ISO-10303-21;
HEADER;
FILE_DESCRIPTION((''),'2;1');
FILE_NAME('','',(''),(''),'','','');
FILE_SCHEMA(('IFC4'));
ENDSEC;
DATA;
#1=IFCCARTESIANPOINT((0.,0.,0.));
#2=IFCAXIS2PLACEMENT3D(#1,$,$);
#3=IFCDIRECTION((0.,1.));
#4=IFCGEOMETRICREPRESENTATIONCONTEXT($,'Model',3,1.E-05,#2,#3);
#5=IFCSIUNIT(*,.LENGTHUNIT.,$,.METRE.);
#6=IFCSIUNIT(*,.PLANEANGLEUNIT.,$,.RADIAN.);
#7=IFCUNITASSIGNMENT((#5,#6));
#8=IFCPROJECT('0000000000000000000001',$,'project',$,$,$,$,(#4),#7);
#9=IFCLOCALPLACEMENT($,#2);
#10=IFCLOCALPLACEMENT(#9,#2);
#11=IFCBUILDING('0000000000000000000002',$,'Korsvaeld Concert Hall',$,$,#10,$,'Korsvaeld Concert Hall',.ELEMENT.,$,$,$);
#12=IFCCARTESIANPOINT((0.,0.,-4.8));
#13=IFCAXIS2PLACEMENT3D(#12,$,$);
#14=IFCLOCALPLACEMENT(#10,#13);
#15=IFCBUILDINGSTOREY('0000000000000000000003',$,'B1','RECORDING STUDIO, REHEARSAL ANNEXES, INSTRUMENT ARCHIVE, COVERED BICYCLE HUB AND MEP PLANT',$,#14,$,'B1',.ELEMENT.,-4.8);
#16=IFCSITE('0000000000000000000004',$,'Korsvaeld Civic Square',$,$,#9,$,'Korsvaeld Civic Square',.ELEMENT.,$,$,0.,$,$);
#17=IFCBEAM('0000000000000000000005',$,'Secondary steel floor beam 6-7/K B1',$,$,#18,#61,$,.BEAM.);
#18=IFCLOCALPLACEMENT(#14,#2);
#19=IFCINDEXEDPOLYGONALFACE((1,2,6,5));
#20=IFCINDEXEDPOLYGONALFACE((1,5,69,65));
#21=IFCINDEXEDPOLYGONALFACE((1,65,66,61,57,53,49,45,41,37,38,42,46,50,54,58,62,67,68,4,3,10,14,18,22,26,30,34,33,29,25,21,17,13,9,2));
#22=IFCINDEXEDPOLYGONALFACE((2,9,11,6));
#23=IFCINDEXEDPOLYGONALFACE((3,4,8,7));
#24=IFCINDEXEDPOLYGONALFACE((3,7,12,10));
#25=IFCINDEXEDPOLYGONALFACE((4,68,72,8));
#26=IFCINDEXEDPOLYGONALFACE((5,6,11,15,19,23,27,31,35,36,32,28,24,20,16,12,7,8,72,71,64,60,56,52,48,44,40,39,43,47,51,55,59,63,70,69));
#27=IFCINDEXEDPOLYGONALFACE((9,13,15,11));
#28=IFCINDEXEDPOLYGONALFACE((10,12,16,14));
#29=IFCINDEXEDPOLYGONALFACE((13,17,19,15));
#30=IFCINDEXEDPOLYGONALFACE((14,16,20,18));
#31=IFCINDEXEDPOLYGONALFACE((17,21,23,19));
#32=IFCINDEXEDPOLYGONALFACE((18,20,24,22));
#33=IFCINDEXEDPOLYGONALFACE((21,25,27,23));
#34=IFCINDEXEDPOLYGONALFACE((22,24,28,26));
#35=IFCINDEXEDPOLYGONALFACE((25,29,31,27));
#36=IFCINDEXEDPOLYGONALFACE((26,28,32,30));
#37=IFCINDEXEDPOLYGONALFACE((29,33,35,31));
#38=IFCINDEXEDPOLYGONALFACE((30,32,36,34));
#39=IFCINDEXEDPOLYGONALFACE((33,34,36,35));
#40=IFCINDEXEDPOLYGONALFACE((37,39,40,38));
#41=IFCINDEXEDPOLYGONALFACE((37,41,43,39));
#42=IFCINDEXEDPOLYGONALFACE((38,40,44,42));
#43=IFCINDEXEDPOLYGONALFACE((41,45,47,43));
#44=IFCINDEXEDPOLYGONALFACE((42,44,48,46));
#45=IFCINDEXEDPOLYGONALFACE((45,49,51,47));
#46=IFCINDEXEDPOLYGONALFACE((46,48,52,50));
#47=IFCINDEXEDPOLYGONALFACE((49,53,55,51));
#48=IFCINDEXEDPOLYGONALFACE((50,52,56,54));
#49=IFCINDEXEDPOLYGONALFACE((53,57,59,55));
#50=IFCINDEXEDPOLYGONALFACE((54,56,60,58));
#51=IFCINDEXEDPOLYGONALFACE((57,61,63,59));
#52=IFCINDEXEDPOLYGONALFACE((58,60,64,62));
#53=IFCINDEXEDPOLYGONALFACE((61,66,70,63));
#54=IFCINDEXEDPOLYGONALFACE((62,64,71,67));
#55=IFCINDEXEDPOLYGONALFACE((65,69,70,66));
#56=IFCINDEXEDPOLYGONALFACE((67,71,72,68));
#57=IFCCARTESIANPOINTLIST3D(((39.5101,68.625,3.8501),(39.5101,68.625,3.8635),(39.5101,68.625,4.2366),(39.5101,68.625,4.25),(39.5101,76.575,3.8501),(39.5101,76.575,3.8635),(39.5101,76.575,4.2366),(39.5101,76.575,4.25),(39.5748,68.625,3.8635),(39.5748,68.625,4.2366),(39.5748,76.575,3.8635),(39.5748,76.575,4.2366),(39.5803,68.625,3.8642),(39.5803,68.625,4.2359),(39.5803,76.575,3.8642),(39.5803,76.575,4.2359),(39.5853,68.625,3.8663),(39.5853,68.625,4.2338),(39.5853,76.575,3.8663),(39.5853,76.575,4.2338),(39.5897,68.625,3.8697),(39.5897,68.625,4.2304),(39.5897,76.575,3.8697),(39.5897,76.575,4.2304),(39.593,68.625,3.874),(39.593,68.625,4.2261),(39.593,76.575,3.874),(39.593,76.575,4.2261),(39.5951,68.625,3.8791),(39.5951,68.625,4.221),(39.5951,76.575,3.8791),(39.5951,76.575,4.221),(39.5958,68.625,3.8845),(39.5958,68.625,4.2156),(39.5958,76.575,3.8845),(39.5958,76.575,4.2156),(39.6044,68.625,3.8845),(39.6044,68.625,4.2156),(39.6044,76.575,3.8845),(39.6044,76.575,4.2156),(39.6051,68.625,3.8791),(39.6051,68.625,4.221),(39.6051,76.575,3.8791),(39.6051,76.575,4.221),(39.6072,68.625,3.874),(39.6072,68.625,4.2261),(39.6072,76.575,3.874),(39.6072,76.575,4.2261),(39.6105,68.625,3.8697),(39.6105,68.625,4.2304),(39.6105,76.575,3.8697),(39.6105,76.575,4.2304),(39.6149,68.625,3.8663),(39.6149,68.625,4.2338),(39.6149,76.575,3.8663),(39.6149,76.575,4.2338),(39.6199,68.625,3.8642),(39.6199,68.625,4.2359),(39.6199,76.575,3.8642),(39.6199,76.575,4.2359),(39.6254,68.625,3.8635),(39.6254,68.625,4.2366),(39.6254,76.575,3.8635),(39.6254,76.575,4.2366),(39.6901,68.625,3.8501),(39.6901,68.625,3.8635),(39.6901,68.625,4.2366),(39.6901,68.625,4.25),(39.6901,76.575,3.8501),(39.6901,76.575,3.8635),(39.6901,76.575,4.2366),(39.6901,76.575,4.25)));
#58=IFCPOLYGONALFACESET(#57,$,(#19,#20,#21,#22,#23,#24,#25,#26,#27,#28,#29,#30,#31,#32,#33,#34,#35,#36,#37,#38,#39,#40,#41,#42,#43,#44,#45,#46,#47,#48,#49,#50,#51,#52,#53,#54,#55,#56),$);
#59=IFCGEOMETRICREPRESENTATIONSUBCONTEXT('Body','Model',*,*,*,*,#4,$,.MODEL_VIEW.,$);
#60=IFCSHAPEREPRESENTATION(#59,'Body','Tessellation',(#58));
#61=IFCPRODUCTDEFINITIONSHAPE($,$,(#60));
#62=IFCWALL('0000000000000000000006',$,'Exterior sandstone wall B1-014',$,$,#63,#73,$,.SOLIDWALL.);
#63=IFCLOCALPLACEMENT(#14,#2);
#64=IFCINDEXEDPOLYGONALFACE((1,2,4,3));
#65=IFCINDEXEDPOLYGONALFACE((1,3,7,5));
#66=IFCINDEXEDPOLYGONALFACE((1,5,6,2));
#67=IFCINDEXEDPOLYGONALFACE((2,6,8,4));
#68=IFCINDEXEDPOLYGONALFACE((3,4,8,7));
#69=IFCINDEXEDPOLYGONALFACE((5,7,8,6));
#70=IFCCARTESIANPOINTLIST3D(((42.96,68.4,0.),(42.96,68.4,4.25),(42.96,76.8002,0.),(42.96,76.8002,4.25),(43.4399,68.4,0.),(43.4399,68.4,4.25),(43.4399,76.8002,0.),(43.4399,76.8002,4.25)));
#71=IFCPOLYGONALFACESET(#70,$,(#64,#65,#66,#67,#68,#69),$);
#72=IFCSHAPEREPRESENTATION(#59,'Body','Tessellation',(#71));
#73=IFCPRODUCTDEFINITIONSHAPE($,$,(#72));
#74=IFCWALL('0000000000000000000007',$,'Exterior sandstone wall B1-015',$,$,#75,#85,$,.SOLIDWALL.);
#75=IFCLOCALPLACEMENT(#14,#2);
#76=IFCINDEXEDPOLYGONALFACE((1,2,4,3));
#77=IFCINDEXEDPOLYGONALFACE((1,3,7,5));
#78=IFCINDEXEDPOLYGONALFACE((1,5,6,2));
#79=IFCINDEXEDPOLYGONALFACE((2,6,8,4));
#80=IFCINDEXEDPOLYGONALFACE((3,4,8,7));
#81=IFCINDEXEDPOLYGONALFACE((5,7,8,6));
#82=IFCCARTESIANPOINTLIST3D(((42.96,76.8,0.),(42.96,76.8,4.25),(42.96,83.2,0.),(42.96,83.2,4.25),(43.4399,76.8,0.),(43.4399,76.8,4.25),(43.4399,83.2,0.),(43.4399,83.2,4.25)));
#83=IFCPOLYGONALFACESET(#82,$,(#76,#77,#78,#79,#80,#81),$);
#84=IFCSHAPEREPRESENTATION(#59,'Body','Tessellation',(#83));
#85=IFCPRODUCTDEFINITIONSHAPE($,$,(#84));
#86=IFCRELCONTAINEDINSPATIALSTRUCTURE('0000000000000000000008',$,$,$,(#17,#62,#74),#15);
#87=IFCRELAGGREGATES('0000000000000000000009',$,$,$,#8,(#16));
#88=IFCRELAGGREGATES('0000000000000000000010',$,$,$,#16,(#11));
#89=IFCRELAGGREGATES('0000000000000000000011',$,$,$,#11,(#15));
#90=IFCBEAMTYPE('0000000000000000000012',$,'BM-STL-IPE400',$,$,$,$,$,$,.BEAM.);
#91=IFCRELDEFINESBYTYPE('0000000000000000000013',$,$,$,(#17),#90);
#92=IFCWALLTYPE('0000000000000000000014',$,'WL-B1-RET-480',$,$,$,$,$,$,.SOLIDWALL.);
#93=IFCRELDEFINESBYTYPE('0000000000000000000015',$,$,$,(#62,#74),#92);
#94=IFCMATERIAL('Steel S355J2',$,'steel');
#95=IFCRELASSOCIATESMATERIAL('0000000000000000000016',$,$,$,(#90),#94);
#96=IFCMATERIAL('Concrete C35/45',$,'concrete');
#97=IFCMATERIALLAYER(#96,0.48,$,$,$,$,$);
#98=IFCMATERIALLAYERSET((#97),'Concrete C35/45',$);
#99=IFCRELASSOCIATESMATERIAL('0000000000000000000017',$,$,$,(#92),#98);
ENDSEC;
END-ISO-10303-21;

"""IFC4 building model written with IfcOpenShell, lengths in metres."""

from ifc_helpers import new_model, si_unit, direction, frame, frame_2d, origin, origin_2d, place, context, subcontext, project, spatial, rectangle, i_section, extrude, material, layer, layer_set, material_profile, profile_set, type_object, element, save


model = new_model("IFC4")

# Units and contexts
model_context = context("Model", 3, precision=1e-05, world=origin(), true_north=direction((0.0, 1.0)))
body_context = subcontext(model_context, "Body", "Model", "MODEL_VIEW")
ifc_project = project(units=[si_unit("LENGTHUNIT", "METRE"), si_unit("PLANEANGLEUNIT", "RADIAN")], contexts=[model_context])

# Site, building, storey
site_placement = place(None, origin())
site = spatial("IfcSite", under=ifc_project, at=site_placement, Name="Korsvaeld Civic Square", LongName="Korsvaeld Civic Square", CompositionType="ELEMENT", RefElevation=0.0)
building_placement = place(site_placement, origin())
building = spatial("IfcBuilding", under=site, at=building_placement, Name="Korsvaeld Concert Hall", LongName="Korsvaeld Concert Hall", CompositionType="ELEMENT")
storey_placement = place(building_placement, frame((0.0, 0.0, -4.8)))
storey = spatial("IfcBuildingStorey", under=building, at=storey_placement, Name="B1", Description="RECORDING STUDIO, REHEARSAL ANNEXES, INSTRUMENT ARCHIVE, COVERED BICYCLE HUB AND MEP PLANT", LongName="B1", CompositionType="ELEMENT", Elevation=-4.8)

# Shared definitions
ifc_material_1 = material(Name="Concrete C35/45", Category="concrete")

# Beam
ifc_material_2 = material(Name="Steel S355J2", Category="steel")
ifc_material_profile_1 = material_profile(ifc_material_2, i_section(OverallWidth=0.1799, OverallDepth=0.3999, WebThickness=0.0085, FlangeThickness=0.0134, FilletRadius=0.021, at=origin_2d()), Name="IPE 400")
ifc_profile_set_1 = profile_set([ifc_material_profile_1], Name="Steel S355J2")
beam_type_1 = type_object("IfcBeamType", Name="BM-STL-IPE400", PredefinedType="BEAM", material=ifc_profile_set_1)
beam_1_placement = place(storey_placement, frame((39.6001, 68.625, 4.05), z_axis=(0.0, 1.0, 0.0), x_axis=(-1.0, 0.0, 0.0)))
element("IfcBeam", 1, at=beam_1_placement, inside=storey, type_object=beam_type_1, Name="Secondary steel floor beam 6-7/K B1", PredefinedType="BEAM", context=body_context, shape_type="SweptSolid", body=[
    extrude(i_section(OverallWidth=0.1799, OverallDepth=0.3999, WebThickness=0.0085, FlangeThickness=0.0134, FilletRadius=0.021, at=origin_2d()), origin(), (0.0, 0.0, 1.0), 7.95),
])

# Walls
ifc_layer = layer(ifc_material_1, 0.48)
ifc_layer_set = layer_set([ifc_layer], Name="Concrete C35/45")
wall_type = type_object("IfcWallType", Name="WL-B1-RET-480", PredefinedType="SOLIDWALL", material=ifc_layer_set)
wall_1_placement = place(storey_placement, frame((43.2, 68.3999, 0.0), z_axis=(0.0, 0.0, 1.0), x_axis=(0.0, 1.0, 0.0)))
element("IfcWall", 2, at=wall_1_placement, inside=storey, type_object=wall_type, Name="Exterior sandstone wall B1-014", PredefinedType="SOLIDWALL", context=body_context, shape_type="SweptSolid", body=[
    extrude(rectangle(XDim=8.4001, YDim=0.48, at=frame_2d((4.2002, 0.0))), origin(), (0.0, 0.0, 1.0), 4.25),
])
wall_2_placement = place(storey_placement, frame((43.2, 76.8, 0.0), z_axis=(0.0, 0.0, 1.0), x_axis=(0.0, 1.0, 0.0)))
element("IfcWall", 3, at=wall_2_placement, inside=storey, type_object=wall_type, Name="Exterior sandstone wall B1-015", PredefinedType="SOLIDWALL", context=body_context, shape_type="SweptSolid", body=[
    extrude(rectangle(XDim=6.3999, YDim=0.48, at=frame_2d((3.2, 0.0))), origin(), (0.0, 0.0, 1.0), 4.25),
])

save(model, "model.ifc")
